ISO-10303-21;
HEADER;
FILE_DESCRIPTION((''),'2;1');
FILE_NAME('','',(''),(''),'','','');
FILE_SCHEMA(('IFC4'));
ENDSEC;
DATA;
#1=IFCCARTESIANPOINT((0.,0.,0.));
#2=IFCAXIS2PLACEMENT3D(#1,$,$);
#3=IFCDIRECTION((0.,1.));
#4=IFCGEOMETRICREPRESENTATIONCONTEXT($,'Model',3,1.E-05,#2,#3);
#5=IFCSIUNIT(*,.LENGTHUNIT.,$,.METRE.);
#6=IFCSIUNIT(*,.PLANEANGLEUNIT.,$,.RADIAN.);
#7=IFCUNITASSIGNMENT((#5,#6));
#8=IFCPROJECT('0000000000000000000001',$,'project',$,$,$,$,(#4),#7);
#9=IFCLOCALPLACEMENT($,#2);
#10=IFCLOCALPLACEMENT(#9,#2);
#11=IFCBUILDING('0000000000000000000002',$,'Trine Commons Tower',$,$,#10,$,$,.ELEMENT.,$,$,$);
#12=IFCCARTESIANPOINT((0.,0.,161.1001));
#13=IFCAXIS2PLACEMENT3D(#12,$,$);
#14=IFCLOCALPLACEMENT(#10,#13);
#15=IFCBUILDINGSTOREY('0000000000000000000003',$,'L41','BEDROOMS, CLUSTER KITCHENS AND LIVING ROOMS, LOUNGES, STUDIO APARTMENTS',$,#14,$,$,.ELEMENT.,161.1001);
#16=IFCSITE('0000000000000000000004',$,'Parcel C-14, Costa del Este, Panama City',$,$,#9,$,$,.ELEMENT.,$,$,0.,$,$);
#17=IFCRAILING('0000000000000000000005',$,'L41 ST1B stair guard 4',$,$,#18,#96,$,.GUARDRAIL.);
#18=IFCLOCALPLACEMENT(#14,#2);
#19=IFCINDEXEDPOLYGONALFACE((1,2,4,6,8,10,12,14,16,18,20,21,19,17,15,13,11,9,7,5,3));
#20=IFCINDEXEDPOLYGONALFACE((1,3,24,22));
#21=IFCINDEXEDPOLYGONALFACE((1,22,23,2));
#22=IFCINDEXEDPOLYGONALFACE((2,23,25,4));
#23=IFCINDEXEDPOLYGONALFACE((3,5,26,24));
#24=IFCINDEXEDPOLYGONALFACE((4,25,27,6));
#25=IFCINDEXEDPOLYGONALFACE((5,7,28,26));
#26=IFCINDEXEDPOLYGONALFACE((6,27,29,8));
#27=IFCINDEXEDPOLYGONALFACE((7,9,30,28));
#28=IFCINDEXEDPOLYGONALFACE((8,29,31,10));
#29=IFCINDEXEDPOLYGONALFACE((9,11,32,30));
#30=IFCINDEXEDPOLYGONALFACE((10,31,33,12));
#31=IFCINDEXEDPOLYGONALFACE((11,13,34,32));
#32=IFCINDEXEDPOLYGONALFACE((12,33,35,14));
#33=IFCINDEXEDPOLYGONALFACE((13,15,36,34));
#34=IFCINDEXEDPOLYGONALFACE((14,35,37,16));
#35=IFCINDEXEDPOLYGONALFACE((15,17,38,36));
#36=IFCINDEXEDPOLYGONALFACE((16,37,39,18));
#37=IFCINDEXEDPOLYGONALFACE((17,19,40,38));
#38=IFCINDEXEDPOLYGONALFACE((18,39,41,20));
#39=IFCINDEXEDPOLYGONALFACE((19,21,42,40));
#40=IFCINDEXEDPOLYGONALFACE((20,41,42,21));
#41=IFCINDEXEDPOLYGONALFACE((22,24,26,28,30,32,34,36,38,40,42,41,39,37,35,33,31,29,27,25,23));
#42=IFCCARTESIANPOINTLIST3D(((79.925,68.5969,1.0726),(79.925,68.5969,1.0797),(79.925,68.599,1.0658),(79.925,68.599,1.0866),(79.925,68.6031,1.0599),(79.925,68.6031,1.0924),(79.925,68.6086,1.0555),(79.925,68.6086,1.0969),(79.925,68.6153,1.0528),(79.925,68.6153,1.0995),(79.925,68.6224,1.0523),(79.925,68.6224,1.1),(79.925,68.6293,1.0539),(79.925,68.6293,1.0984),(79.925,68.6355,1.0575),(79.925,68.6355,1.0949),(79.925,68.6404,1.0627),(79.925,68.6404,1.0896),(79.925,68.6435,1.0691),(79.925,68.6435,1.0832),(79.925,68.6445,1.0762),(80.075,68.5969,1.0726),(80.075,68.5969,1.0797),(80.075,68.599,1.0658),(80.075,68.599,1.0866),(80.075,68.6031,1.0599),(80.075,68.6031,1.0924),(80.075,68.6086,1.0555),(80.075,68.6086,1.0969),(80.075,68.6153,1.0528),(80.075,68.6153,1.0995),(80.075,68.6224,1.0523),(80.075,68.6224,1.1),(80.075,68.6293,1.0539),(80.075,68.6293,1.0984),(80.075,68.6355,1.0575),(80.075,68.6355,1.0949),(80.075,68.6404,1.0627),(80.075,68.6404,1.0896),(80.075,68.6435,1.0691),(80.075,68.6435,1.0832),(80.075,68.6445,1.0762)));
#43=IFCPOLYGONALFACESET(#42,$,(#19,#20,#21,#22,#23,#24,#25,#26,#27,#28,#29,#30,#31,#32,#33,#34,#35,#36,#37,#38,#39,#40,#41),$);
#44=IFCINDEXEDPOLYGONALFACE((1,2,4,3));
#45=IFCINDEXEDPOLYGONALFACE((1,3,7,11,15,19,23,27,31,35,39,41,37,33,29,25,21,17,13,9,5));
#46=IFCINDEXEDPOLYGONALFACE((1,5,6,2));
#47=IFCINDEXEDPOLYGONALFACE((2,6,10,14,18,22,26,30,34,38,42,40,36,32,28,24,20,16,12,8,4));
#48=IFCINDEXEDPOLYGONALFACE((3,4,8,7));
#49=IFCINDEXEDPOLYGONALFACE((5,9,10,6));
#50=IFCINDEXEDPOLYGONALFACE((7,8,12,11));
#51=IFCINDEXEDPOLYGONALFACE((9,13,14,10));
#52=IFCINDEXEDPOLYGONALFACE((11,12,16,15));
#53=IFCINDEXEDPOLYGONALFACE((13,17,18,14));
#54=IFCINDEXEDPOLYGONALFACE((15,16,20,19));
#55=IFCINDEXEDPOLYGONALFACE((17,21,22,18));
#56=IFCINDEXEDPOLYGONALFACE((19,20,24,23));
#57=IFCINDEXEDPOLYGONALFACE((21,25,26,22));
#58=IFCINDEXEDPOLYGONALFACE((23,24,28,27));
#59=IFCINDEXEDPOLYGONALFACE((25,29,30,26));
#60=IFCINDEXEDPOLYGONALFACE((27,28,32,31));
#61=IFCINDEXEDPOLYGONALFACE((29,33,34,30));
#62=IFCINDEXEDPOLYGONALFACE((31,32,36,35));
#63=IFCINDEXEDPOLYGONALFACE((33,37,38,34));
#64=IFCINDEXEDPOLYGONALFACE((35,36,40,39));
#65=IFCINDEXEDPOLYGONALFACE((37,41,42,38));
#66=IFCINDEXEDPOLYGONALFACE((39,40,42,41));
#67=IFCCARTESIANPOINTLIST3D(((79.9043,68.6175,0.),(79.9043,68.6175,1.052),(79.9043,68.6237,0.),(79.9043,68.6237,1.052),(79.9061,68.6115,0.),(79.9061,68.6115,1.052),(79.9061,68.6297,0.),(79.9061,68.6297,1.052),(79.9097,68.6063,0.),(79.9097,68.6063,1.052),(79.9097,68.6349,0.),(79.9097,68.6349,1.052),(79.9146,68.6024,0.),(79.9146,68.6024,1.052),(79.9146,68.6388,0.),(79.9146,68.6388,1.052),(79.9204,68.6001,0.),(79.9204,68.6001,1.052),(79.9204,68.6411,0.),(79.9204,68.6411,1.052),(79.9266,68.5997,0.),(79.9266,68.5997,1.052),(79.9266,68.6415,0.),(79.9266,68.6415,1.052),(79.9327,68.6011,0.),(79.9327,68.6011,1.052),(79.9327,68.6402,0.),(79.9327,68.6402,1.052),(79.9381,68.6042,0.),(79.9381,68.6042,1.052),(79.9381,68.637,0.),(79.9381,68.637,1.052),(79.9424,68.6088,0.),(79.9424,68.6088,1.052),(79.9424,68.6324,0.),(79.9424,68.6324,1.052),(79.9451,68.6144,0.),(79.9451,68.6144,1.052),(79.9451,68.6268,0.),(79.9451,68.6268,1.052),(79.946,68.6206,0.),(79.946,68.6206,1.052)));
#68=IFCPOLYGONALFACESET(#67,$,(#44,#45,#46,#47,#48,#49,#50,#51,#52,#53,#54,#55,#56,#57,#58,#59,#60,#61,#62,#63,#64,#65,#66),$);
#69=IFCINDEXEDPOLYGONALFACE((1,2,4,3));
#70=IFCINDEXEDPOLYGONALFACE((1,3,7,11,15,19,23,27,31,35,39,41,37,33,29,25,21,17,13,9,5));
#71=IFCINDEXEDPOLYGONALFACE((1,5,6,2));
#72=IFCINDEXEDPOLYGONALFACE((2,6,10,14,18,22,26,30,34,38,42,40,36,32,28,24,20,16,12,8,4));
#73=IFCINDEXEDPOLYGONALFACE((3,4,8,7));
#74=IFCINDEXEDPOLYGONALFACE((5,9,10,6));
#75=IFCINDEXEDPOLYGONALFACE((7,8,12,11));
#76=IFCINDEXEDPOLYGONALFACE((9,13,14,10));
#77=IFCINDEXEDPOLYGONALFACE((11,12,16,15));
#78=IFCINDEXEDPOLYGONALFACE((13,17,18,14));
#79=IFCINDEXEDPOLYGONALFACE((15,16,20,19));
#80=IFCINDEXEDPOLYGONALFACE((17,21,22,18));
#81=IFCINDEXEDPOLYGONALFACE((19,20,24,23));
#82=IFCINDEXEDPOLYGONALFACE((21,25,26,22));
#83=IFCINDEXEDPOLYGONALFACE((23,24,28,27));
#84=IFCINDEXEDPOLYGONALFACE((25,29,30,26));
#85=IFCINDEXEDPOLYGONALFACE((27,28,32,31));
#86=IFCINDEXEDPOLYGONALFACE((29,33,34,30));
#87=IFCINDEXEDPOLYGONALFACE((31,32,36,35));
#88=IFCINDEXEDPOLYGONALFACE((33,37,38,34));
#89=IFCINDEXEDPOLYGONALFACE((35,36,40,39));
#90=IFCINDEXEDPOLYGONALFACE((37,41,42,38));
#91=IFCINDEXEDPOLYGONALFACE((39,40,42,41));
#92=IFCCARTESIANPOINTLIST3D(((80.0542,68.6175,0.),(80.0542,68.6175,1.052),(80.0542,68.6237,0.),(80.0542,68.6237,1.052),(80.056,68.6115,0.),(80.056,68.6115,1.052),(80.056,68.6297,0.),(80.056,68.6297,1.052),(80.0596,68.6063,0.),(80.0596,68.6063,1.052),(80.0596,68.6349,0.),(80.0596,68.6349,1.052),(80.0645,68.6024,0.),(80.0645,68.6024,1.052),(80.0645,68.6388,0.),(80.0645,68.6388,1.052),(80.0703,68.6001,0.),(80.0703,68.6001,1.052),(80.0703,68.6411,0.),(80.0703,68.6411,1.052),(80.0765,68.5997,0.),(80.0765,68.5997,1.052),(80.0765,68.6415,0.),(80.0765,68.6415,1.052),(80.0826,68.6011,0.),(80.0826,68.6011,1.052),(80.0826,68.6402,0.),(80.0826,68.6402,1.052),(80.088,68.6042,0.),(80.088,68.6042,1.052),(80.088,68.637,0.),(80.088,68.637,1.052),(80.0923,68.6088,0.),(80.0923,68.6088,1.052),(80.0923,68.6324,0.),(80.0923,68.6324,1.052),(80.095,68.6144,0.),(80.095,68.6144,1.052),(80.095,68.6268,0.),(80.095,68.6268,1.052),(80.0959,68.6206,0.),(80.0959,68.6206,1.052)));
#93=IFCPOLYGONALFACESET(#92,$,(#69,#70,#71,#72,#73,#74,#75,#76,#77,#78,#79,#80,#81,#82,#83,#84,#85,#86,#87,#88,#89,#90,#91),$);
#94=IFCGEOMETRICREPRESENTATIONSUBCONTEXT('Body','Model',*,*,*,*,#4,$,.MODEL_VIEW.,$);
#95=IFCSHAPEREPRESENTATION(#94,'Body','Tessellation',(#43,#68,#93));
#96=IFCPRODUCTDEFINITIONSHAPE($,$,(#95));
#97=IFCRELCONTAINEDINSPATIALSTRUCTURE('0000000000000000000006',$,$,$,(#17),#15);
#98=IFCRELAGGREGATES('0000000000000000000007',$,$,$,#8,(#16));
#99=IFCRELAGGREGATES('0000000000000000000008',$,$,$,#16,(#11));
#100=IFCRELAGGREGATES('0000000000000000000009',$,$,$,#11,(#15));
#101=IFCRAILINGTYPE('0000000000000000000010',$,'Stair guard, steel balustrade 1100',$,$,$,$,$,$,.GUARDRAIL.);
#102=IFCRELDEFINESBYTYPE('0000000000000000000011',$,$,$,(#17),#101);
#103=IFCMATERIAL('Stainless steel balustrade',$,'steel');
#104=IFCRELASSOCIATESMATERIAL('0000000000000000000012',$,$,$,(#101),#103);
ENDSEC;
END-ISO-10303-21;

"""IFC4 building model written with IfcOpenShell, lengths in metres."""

from ifc_helpers import new_model, si_unit, direction, frame, origin, origin_2d, place, context, subcontext, project, spatial, circle, extrude, material, type_object, element, save


model = new_model("IFC4")

# Units and contexts
model_context = context("Model", 3, precision=1e-05, world=origin(), true_north=direction((0.0, 1.0)))
body_context = subcontext(model_context, "Body", "Model", "MODEL_VIEW")
ifc_project = project(units=[si_unit("LENGTHUNIT", "METRE"), si_unit("PLANEANGLEUNIT", "RADIAN")], contexts=[model_context])

# Site, building, storey
site_placement = place(None, origin())
site = spatial("IfcSite", under=ifc_project, at=site_placement, Name="Parcel C-14, Costa del Este, Panama City", CompositionType="ELEMENT", RefElevation=0.0)
building_placement = place(site_placement, origin())
building = spatial("IfcBuilding", under=site, at=building_placement, Name="Trine Commons Tower", CompositionType="ELEMENT")
storey_placement = place(building_placement, frame((0.0, 0.0, 161.1001)))
storey = spatial("IfcBuildingStorey", under=building, at=storey_placement, Name="L41", Description="BEDROOMS, CLUSTER KITCHENS AND LIVING ROOMS, LOUNGES, STUDIO APARTMENTS", CompositionType="ELEMENT", Elevation=161.1001)

# Railing
ifc_material_1 = material(Name="Stainless steel balustrade", Category="steel")
railing_type_1 = type_object("IfcRailingType", Name="Stair guard, steel balustrade 1100", PredefinedType="GUARDRAIL", material=ifc_material_1)
railing_1_placement = place(storey_placement, frame((79.925, 68.6206, 0.0)))
element("IfcRailing", 1, at=railing_1_placement, inside=storey, type_object=railing_type_1, Name="L41 ST1B stair guard 4", PredefinedType="GUARDRAIL", context=body_context, shape_type="SweptSolid", body=[
    extrude(circle(Radius=0.0239, at=origin_2d()), frame((0.0, 0.0, 1.0762), z_axis=(1.0, 0.0, 0.0), x_axis=(0.0, 1.0, 0.0)), (0.0, 0.0, 1.0), 0.1499),
    extrude(circle(Radius=0.021, at=origin_2d()), origin(), (0.0, 0.0, 1.0), 1.052),
    extrude(circle(Radius=0.021, at=origin_2d()), frame((0.1499, 0.0, 0.0)), (0.0, 0.0, 1.0), 1.052),
])

save(model, "model.ifc")
